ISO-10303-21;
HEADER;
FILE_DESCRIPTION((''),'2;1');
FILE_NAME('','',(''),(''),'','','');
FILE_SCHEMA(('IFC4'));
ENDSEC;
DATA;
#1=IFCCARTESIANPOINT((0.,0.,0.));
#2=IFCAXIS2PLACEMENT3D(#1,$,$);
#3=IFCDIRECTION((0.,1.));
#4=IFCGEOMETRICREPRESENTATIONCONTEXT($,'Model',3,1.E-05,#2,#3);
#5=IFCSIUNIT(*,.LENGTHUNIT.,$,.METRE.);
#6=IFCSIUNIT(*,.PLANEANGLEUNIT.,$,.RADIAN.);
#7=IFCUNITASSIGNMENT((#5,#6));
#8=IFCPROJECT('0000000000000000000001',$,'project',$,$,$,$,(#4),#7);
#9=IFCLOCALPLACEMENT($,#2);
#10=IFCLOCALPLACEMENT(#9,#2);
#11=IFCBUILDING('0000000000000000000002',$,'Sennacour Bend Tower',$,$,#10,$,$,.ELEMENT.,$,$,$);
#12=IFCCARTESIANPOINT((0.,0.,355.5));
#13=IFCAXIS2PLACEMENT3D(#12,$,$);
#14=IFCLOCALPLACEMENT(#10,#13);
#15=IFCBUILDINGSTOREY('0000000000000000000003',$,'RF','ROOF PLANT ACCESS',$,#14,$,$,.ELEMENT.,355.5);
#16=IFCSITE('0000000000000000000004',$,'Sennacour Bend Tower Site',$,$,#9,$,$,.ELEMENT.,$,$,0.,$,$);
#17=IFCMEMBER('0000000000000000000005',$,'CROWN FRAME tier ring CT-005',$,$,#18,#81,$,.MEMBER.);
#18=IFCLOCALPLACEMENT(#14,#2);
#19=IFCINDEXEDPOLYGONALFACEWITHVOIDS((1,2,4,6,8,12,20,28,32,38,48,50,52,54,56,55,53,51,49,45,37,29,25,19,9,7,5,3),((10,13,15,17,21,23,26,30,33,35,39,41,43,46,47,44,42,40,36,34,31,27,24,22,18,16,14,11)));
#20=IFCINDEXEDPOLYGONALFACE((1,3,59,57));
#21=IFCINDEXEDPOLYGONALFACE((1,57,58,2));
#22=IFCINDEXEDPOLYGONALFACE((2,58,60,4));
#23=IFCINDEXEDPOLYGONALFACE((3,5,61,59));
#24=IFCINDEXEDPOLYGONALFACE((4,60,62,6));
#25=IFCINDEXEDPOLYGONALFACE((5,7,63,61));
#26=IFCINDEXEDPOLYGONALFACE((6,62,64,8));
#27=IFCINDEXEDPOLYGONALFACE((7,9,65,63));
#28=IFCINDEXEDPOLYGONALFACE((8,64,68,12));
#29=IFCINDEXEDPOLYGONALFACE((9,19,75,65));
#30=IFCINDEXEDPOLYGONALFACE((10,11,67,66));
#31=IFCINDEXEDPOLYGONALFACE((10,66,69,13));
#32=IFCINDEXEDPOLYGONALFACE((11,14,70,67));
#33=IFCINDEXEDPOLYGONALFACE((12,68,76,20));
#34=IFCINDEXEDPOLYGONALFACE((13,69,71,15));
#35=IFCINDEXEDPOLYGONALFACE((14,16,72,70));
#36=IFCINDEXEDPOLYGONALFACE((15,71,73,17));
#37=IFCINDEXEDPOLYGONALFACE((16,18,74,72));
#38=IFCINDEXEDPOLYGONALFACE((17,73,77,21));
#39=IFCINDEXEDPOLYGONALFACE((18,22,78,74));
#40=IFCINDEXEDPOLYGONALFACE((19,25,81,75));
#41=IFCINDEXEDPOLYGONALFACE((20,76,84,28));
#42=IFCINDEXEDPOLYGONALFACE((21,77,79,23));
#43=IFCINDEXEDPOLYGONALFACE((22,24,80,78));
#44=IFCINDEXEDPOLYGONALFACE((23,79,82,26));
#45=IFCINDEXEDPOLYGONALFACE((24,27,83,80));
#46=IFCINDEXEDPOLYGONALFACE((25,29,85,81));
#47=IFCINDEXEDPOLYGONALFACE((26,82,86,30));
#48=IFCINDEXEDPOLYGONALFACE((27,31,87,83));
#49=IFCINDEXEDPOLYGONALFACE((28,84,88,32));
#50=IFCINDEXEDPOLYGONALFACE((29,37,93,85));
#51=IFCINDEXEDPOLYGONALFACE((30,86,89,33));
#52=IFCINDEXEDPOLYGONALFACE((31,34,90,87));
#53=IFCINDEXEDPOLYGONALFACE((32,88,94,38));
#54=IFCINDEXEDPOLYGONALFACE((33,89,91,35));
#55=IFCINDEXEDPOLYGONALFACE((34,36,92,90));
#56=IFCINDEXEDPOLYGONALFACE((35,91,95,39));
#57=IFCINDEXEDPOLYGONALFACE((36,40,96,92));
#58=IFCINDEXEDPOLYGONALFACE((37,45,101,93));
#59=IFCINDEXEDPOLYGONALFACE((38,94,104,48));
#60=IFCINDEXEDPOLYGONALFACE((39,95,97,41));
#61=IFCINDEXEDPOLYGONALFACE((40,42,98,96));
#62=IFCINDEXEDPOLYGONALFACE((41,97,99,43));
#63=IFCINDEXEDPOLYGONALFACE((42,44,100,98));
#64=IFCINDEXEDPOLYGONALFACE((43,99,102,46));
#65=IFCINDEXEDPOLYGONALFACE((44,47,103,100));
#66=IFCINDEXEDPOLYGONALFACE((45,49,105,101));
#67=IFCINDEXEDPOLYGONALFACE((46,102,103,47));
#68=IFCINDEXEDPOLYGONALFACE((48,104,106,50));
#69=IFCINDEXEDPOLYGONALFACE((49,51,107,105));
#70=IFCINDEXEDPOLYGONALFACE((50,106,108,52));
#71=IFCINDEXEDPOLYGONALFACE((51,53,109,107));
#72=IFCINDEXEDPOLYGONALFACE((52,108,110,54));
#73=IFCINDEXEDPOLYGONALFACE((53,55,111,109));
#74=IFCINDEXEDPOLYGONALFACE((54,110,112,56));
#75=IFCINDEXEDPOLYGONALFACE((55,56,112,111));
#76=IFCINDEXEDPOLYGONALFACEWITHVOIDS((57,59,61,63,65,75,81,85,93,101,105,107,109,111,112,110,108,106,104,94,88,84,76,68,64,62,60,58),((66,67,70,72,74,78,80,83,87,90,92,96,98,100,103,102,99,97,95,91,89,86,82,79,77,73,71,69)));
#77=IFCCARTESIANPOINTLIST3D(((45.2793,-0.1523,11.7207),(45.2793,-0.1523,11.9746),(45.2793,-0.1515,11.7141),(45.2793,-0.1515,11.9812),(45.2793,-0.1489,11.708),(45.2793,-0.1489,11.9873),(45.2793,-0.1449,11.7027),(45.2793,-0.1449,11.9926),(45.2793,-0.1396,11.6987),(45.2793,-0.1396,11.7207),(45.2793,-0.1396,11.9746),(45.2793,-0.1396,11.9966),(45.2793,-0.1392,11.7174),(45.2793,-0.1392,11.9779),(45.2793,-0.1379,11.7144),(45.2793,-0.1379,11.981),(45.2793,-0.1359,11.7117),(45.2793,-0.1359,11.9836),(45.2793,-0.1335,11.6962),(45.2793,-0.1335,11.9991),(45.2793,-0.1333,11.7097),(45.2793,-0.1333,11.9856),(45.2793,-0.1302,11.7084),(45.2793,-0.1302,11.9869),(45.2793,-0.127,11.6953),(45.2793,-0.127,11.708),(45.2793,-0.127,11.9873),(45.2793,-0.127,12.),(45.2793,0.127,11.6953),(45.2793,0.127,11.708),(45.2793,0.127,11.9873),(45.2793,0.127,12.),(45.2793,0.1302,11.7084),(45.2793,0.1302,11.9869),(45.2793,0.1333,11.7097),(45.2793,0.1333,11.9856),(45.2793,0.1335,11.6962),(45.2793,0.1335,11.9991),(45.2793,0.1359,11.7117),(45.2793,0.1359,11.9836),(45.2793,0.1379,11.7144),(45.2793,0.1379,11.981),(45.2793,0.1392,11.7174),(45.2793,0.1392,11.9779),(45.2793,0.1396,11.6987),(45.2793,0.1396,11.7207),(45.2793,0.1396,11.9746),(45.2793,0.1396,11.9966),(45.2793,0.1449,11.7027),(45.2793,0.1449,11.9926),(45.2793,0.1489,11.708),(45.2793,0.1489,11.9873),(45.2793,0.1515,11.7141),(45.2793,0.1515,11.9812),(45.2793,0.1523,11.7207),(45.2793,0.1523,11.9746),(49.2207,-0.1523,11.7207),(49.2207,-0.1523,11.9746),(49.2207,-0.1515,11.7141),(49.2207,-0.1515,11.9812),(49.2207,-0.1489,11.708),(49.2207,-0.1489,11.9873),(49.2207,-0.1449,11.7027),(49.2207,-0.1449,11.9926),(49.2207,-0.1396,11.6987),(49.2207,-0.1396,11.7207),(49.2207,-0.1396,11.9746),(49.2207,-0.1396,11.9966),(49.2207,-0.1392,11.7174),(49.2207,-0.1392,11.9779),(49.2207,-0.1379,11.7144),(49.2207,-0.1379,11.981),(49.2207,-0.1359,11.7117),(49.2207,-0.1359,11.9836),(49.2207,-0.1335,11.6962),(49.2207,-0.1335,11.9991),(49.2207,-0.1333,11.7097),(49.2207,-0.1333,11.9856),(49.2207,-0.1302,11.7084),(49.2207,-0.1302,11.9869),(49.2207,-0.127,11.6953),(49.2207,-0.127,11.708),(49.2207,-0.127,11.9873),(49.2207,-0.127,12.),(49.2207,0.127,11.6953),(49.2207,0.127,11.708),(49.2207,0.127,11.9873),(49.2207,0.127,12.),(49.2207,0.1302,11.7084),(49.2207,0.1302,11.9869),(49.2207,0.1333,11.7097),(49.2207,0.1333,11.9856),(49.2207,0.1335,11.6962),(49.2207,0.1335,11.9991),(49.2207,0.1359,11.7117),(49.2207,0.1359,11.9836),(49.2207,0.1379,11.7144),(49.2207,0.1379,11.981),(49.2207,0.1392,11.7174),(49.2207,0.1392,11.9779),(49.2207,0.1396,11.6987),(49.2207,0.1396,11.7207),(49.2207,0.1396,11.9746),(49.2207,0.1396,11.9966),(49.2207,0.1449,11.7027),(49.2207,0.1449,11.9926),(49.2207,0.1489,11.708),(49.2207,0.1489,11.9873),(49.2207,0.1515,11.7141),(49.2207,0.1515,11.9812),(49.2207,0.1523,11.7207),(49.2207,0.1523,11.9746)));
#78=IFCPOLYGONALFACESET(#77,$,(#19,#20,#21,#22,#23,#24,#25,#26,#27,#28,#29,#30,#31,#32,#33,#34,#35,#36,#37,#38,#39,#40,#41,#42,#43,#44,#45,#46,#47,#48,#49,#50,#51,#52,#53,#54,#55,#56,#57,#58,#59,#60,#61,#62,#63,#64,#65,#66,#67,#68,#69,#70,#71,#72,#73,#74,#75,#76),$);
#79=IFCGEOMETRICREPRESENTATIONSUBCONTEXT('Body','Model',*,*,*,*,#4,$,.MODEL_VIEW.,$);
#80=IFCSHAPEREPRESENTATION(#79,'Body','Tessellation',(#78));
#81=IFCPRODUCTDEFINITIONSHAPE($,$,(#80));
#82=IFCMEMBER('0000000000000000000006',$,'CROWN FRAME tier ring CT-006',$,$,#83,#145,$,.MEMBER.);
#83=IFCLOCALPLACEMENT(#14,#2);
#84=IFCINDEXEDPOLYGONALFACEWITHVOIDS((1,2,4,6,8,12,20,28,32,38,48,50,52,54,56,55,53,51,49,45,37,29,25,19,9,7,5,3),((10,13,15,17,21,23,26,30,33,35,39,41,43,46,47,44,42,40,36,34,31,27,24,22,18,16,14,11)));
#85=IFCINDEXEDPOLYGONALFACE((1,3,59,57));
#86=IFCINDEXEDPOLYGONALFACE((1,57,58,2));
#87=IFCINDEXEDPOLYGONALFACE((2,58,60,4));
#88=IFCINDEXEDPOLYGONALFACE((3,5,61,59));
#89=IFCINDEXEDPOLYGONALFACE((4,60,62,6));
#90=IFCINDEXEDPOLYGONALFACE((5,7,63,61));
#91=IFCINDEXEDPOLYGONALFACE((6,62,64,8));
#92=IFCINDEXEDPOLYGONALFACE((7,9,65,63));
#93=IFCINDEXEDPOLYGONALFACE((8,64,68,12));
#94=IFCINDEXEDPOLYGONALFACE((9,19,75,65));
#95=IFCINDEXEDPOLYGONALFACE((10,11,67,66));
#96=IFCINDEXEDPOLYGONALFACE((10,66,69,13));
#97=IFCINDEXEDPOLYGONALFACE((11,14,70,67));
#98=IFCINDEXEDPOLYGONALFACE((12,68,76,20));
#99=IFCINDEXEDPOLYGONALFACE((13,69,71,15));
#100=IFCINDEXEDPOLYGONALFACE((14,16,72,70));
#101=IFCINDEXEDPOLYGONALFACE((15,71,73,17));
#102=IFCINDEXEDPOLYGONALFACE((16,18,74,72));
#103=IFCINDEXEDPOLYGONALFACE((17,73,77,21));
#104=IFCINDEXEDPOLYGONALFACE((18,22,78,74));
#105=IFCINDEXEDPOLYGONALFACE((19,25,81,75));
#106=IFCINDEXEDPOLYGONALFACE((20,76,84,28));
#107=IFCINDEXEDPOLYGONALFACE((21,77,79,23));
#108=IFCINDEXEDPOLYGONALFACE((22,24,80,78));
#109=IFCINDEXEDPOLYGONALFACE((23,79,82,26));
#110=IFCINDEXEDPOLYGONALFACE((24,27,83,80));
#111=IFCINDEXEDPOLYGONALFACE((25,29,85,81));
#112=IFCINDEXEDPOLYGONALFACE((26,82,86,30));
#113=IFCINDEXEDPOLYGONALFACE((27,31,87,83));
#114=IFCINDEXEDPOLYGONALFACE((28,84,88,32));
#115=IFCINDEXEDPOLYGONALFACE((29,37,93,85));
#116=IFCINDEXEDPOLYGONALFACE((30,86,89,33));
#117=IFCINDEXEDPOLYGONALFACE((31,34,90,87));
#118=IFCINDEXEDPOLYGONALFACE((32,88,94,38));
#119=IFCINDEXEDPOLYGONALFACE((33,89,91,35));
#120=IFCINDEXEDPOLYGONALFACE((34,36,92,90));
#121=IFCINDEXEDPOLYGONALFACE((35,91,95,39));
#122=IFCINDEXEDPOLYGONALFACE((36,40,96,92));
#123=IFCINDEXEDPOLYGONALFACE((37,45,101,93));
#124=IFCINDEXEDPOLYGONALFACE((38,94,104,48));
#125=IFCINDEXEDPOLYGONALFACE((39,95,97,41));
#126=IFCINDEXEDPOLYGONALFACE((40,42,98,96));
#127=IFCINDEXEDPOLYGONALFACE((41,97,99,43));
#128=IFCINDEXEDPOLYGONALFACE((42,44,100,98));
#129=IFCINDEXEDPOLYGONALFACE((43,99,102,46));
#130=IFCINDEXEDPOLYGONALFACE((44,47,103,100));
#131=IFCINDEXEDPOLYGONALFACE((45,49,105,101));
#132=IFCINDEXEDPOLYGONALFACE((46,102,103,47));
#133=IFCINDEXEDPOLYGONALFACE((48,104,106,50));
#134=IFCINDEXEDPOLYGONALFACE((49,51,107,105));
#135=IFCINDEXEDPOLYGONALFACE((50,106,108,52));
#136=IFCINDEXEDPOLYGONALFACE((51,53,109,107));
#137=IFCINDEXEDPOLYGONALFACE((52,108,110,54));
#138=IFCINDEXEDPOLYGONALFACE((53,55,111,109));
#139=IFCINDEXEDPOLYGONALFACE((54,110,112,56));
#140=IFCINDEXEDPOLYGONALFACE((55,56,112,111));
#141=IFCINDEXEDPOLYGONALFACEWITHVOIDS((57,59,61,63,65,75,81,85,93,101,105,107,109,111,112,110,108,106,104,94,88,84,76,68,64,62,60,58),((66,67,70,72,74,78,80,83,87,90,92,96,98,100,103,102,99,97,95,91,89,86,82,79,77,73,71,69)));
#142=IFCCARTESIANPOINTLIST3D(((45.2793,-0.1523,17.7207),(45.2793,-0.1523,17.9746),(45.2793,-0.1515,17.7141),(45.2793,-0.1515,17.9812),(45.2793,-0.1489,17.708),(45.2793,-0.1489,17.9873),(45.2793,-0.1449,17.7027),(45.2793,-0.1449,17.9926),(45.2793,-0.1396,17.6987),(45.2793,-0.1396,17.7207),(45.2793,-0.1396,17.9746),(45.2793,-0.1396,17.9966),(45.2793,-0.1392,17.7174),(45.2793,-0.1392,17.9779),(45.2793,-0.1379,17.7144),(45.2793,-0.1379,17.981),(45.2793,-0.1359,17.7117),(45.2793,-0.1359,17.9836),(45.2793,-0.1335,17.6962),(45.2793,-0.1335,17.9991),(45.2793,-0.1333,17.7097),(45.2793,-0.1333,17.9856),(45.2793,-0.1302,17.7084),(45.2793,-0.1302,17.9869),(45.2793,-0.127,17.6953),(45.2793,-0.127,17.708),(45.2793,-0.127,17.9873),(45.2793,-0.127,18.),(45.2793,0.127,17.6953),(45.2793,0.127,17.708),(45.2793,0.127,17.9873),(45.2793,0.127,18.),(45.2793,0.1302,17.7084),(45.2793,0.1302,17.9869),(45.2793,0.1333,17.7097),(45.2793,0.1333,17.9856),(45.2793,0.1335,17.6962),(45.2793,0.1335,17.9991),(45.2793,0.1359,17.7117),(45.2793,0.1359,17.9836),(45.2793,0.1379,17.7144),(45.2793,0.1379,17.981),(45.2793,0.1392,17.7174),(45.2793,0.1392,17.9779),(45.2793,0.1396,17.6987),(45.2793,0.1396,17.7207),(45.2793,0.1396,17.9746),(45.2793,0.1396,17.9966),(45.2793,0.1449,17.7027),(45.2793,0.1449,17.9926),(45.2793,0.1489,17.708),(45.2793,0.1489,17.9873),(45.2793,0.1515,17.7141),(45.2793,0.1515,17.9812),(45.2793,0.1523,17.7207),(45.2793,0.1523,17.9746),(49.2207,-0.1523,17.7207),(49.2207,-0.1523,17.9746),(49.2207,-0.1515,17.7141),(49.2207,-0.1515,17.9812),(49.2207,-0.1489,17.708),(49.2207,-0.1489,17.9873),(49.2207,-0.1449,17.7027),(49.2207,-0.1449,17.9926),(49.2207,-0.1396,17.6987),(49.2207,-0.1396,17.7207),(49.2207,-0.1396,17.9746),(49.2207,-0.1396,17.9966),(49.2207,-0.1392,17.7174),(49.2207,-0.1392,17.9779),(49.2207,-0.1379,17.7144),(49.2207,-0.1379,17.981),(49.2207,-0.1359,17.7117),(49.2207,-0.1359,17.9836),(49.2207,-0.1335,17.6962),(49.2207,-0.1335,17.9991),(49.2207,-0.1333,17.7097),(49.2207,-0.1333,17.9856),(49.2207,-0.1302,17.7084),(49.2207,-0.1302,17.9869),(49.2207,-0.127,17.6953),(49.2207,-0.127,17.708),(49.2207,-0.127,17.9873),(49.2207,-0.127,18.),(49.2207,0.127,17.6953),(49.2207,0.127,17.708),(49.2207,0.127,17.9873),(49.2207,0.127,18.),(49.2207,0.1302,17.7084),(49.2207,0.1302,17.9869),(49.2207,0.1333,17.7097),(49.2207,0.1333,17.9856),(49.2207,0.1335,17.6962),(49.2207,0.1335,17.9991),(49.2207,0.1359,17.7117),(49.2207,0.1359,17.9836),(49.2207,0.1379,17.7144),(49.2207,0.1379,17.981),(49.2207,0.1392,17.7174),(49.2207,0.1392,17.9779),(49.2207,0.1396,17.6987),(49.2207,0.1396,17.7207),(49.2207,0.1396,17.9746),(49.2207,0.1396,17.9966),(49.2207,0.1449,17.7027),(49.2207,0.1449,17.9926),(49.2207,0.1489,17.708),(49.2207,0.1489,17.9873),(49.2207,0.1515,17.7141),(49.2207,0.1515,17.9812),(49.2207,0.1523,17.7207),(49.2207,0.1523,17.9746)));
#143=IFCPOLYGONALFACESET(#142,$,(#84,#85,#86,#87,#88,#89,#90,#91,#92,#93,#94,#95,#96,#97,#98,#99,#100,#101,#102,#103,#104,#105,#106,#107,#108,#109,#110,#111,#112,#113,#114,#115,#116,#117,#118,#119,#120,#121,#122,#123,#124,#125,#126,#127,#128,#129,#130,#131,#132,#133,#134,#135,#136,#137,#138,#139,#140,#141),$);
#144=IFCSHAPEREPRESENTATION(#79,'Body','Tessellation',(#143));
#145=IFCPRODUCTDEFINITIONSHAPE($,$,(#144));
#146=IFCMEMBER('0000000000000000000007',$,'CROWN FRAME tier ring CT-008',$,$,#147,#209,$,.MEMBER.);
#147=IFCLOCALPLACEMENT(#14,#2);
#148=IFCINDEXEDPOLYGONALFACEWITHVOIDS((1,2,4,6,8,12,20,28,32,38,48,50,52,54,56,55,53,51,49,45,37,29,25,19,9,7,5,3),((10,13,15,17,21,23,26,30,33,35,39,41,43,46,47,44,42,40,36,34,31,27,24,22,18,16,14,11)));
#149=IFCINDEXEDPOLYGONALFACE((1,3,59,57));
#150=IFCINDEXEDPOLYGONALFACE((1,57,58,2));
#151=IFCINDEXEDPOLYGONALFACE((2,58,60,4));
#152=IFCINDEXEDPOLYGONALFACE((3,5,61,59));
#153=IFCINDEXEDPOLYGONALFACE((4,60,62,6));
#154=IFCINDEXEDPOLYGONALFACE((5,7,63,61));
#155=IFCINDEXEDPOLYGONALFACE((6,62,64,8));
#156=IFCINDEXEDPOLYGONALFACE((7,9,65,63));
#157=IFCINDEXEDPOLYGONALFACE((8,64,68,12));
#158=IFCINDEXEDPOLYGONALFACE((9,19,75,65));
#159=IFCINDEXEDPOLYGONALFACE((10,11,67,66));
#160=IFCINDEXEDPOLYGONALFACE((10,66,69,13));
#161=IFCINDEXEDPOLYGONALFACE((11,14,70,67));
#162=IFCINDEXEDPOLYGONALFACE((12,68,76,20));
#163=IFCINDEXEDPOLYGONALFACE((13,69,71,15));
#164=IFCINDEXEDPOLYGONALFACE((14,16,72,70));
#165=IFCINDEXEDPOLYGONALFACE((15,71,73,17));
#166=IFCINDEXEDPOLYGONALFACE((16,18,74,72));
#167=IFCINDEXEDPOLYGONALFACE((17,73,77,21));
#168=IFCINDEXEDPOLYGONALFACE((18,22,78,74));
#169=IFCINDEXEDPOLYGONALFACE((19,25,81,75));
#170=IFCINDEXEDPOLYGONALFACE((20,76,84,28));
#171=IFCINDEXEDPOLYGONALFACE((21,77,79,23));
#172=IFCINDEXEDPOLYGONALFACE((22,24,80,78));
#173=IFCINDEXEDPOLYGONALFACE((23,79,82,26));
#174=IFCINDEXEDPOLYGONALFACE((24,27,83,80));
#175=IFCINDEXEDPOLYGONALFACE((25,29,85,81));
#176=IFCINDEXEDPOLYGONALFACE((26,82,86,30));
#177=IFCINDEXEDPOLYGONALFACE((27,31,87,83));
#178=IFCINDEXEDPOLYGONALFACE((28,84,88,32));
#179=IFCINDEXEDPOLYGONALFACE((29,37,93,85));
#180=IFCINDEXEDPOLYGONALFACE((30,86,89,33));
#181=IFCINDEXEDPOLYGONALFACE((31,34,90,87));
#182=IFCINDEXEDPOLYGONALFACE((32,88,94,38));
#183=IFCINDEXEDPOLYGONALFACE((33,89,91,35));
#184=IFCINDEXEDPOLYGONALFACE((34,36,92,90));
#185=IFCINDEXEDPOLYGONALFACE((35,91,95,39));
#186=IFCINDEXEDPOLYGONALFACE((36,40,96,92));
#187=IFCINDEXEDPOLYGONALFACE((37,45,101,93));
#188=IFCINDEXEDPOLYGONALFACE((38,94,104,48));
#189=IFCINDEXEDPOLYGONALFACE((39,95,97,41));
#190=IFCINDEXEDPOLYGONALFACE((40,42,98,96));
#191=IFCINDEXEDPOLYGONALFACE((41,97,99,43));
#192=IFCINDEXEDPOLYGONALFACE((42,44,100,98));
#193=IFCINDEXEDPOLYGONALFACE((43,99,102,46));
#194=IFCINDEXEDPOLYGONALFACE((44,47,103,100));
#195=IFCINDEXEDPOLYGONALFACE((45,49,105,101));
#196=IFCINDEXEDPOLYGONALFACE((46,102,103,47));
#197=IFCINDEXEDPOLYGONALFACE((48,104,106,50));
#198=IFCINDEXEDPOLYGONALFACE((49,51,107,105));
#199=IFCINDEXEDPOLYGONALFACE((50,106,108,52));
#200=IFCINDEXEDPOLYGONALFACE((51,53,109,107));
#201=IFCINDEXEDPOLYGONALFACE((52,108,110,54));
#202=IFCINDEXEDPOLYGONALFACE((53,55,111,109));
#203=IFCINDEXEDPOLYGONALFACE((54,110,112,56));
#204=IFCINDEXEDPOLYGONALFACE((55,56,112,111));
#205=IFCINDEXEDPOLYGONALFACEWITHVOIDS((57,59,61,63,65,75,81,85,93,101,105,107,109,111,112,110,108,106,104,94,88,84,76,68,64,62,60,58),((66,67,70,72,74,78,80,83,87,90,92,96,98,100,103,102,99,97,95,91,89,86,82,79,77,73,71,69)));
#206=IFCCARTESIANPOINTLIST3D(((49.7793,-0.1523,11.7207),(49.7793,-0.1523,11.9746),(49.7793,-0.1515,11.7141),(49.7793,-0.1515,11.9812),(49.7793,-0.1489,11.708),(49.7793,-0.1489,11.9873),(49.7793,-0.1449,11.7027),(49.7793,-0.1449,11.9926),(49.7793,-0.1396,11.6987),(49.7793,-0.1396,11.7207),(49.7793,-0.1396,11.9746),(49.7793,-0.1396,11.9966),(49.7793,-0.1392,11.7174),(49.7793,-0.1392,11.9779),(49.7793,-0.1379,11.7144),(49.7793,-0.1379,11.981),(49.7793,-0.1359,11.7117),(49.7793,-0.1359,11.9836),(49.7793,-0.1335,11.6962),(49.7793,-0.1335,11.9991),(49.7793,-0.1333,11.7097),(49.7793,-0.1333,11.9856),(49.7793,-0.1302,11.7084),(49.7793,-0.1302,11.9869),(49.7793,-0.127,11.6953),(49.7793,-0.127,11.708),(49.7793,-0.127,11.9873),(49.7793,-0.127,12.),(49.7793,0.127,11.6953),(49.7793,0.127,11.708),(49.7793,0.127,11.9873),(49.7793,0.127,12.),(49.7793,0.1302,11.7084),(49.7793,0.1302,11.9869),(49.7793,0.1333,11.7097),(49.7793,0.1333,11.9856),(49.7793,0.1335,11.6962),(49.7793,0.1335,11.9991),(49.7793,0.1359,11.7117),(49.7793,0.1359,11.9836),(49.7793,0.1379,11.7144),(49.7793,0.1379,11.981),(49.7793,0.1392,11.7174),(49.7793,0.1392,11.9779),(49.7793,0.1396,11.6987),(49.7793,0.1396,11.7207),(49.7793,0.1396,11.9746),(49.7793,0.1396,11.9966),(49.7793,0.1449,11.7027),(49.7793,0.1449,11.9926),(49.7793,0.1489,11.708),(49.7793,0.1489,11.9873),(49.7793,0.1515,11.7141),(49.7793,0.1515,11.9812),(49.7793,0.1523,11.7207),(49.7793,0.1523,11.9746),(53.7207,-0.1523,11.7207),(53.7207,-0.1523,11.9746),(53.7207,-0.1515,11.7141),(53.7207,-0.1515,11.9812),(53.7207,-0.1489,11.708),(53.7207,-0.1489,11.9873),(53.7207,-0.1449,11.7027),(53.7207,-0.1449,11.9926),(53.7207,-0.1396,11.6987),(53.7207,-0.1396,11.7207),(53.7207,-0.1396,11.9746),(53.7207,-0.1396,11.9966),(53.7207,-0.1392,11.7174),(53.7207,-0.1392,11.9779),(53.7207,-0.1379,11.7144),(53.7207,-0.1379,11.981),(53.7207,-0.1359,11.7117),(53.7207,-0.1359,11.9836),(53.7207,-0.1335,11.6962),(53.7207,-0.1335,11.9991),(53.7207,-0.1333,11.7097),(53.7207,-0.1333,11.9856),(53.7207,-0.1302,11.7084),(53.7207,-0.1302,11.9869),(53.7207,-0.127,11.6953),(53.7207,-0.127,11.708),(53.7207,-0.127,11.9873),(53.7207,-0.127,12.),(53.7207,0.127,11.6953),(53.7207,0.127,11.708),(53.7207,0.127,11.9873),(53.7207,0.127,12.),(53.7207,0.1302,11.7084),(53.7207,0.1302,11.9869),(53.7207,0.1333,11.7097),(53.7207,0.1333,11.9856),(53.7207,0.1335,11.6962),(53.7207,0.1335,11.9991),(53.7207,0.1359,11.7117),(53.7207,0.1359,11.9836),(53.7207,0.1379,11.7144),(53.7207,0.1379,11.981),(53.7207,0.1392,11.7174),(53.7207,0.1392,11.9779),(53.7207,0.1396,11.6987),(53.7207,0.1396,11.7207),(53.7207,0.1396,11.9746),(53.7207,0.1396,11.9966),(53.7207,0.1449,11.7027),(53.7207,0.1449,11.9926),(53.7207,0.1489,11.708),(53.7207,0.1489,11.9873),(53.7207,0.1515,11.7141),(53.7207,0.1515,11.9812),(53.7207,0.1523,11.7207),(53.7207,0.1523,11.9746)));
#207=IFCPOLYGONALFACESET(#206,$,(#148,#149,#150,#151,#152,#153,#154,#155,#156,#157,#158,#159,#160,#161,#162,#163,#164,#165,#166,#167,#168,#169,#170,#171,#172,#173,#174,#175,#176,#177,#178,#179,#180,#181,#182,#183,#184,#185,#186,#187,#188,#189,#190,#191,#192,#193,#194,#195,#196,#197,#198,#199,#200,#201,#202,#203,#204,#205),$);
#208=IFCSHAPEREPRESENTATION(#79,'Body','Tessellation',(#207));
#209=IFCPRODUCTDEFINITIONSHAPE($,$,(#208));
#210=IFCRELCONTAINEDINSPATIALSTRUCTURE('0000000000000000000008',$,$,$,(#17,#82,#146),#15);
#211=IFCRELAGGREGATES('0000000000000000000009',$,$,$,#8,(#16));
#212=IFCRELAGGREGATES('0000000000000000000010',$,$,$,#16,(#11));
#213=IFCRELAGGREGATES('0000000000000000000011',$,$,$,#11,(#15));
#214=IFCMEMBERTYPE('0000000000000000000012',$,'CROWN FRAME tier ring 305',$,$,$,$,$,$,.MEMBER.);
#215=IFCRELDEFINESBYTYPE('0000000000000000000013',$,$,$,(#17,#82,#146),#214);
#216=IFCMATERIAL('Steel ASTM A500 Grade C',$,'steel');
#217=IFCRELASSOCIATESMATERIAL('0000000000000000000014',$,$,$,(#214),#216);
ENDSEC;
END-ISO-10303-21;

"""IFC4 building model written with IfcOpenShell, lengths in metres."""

from ifc_helpers import new_model, si_unit, direction, frame, origin, origin_2d, place, context, subcontext, project, spatial, hollow_rectangle, extrude, material, material_profile, profile_set, type_object, element, save


model = new_model("IFC4")

# Units and contexts
model_context = context("Model", 3, precision=1e-05, world=origin(), true_north=direction((0.0, 1.0)))
body_context = subcontext(model_context, "Body", "Model", "MODEL_VIEW")
ifc_project = project(units=[si_unit("LENGTHUNIT", "METRE"), si_unit("PLANEANGLEUNIT", "RADIAN")], contexts=[model_context])

# Site, building, storey
site_placement = place(None, origin())
site = spatial("IfcSite", under=ifc_project, at=site_placement, Name="Sennacour Bend Tower Site", CompositionType="ELEMENT", RefElevation=0.0)
building_placement = place(site_placement, origin())
building = spatial("IfcBuilding", under=site, at=building_placement, Name="Sennacour Bend Tower", CompositionType="ELEMENT")
storey_placement = place(building_placement, frame((0.0, 0.0, 355.5)))
storey = spatial("IfcBuildingStorey", under=building, at=storey_placement, Name="RF", Description="ROOF PLANT ACCESS", CompositionType="ELEMENT", Elevation=355.5)

# Shared definitions
ifc_material_1 = material(Name="Steel ASTM A500 Grade C", Category="steel")

# Members
ifc_material_profile_1 = material_profile(ifc_material_1, hollow_rectangle(XDim=0.3047, YDim=0.3047, WallThickness=0.0127, InnerFilletRadius=0.0127, OuterFilletRadius=0.0254, at=origin_2d()), Name="Steel ASTM A500 Grade C", Category="steel")
ifc_profile_set_1 = profile_set([ifc_material_profile_1], Name="Steel ASTM A500 Grade C")
member_type_1 = type_object("IfcMemberType", Name="CROWN FRAME tier ring 305", PredefinedType="MEMBER", material=ifc_profile_set_1)
for number, where, z_axis, x_axis, name in (
    (1, (45.2793, 0.0, 11.8477), (1.0, 0.0, 0.0), (0.0, 1.0, 0.0), "CROWN FRAME tier ring CT-005"),
    (2, (45.2793, 0.0, 17.8477), (1.0, 0.0, 0.0), (0.0, 1.0, 0.0), "CROWN FRAME tier ring CT-006"),
    (3, (49.7793, 0.0, 11.8477), (1.0, 0.0, 0.0), (0.0, 1.0, 0.0), "CROWN FRAME tier ring CT-008"),
):
    element("IfcMember", number, at=place(storey_placement, frame(where, z_axis=z_axis, x_axis=x_axis)), inside=storey, type_object=member_type_1, Name=name, PredefinedType="MEMBER", context=body_context, shape_type="SweptSolid", body=[
        extrude(hollow_rectangle(XDim=0.3047, YDim=0.3047, WallThickness=0.0127, InnerFilletRadius=0.0127, OuterFilletRadius=0.0254, at=origin_2d()), origin(), (0.0, 0.0, 1.0), 3.9414),
    ])

save(model, "model.ifc")
